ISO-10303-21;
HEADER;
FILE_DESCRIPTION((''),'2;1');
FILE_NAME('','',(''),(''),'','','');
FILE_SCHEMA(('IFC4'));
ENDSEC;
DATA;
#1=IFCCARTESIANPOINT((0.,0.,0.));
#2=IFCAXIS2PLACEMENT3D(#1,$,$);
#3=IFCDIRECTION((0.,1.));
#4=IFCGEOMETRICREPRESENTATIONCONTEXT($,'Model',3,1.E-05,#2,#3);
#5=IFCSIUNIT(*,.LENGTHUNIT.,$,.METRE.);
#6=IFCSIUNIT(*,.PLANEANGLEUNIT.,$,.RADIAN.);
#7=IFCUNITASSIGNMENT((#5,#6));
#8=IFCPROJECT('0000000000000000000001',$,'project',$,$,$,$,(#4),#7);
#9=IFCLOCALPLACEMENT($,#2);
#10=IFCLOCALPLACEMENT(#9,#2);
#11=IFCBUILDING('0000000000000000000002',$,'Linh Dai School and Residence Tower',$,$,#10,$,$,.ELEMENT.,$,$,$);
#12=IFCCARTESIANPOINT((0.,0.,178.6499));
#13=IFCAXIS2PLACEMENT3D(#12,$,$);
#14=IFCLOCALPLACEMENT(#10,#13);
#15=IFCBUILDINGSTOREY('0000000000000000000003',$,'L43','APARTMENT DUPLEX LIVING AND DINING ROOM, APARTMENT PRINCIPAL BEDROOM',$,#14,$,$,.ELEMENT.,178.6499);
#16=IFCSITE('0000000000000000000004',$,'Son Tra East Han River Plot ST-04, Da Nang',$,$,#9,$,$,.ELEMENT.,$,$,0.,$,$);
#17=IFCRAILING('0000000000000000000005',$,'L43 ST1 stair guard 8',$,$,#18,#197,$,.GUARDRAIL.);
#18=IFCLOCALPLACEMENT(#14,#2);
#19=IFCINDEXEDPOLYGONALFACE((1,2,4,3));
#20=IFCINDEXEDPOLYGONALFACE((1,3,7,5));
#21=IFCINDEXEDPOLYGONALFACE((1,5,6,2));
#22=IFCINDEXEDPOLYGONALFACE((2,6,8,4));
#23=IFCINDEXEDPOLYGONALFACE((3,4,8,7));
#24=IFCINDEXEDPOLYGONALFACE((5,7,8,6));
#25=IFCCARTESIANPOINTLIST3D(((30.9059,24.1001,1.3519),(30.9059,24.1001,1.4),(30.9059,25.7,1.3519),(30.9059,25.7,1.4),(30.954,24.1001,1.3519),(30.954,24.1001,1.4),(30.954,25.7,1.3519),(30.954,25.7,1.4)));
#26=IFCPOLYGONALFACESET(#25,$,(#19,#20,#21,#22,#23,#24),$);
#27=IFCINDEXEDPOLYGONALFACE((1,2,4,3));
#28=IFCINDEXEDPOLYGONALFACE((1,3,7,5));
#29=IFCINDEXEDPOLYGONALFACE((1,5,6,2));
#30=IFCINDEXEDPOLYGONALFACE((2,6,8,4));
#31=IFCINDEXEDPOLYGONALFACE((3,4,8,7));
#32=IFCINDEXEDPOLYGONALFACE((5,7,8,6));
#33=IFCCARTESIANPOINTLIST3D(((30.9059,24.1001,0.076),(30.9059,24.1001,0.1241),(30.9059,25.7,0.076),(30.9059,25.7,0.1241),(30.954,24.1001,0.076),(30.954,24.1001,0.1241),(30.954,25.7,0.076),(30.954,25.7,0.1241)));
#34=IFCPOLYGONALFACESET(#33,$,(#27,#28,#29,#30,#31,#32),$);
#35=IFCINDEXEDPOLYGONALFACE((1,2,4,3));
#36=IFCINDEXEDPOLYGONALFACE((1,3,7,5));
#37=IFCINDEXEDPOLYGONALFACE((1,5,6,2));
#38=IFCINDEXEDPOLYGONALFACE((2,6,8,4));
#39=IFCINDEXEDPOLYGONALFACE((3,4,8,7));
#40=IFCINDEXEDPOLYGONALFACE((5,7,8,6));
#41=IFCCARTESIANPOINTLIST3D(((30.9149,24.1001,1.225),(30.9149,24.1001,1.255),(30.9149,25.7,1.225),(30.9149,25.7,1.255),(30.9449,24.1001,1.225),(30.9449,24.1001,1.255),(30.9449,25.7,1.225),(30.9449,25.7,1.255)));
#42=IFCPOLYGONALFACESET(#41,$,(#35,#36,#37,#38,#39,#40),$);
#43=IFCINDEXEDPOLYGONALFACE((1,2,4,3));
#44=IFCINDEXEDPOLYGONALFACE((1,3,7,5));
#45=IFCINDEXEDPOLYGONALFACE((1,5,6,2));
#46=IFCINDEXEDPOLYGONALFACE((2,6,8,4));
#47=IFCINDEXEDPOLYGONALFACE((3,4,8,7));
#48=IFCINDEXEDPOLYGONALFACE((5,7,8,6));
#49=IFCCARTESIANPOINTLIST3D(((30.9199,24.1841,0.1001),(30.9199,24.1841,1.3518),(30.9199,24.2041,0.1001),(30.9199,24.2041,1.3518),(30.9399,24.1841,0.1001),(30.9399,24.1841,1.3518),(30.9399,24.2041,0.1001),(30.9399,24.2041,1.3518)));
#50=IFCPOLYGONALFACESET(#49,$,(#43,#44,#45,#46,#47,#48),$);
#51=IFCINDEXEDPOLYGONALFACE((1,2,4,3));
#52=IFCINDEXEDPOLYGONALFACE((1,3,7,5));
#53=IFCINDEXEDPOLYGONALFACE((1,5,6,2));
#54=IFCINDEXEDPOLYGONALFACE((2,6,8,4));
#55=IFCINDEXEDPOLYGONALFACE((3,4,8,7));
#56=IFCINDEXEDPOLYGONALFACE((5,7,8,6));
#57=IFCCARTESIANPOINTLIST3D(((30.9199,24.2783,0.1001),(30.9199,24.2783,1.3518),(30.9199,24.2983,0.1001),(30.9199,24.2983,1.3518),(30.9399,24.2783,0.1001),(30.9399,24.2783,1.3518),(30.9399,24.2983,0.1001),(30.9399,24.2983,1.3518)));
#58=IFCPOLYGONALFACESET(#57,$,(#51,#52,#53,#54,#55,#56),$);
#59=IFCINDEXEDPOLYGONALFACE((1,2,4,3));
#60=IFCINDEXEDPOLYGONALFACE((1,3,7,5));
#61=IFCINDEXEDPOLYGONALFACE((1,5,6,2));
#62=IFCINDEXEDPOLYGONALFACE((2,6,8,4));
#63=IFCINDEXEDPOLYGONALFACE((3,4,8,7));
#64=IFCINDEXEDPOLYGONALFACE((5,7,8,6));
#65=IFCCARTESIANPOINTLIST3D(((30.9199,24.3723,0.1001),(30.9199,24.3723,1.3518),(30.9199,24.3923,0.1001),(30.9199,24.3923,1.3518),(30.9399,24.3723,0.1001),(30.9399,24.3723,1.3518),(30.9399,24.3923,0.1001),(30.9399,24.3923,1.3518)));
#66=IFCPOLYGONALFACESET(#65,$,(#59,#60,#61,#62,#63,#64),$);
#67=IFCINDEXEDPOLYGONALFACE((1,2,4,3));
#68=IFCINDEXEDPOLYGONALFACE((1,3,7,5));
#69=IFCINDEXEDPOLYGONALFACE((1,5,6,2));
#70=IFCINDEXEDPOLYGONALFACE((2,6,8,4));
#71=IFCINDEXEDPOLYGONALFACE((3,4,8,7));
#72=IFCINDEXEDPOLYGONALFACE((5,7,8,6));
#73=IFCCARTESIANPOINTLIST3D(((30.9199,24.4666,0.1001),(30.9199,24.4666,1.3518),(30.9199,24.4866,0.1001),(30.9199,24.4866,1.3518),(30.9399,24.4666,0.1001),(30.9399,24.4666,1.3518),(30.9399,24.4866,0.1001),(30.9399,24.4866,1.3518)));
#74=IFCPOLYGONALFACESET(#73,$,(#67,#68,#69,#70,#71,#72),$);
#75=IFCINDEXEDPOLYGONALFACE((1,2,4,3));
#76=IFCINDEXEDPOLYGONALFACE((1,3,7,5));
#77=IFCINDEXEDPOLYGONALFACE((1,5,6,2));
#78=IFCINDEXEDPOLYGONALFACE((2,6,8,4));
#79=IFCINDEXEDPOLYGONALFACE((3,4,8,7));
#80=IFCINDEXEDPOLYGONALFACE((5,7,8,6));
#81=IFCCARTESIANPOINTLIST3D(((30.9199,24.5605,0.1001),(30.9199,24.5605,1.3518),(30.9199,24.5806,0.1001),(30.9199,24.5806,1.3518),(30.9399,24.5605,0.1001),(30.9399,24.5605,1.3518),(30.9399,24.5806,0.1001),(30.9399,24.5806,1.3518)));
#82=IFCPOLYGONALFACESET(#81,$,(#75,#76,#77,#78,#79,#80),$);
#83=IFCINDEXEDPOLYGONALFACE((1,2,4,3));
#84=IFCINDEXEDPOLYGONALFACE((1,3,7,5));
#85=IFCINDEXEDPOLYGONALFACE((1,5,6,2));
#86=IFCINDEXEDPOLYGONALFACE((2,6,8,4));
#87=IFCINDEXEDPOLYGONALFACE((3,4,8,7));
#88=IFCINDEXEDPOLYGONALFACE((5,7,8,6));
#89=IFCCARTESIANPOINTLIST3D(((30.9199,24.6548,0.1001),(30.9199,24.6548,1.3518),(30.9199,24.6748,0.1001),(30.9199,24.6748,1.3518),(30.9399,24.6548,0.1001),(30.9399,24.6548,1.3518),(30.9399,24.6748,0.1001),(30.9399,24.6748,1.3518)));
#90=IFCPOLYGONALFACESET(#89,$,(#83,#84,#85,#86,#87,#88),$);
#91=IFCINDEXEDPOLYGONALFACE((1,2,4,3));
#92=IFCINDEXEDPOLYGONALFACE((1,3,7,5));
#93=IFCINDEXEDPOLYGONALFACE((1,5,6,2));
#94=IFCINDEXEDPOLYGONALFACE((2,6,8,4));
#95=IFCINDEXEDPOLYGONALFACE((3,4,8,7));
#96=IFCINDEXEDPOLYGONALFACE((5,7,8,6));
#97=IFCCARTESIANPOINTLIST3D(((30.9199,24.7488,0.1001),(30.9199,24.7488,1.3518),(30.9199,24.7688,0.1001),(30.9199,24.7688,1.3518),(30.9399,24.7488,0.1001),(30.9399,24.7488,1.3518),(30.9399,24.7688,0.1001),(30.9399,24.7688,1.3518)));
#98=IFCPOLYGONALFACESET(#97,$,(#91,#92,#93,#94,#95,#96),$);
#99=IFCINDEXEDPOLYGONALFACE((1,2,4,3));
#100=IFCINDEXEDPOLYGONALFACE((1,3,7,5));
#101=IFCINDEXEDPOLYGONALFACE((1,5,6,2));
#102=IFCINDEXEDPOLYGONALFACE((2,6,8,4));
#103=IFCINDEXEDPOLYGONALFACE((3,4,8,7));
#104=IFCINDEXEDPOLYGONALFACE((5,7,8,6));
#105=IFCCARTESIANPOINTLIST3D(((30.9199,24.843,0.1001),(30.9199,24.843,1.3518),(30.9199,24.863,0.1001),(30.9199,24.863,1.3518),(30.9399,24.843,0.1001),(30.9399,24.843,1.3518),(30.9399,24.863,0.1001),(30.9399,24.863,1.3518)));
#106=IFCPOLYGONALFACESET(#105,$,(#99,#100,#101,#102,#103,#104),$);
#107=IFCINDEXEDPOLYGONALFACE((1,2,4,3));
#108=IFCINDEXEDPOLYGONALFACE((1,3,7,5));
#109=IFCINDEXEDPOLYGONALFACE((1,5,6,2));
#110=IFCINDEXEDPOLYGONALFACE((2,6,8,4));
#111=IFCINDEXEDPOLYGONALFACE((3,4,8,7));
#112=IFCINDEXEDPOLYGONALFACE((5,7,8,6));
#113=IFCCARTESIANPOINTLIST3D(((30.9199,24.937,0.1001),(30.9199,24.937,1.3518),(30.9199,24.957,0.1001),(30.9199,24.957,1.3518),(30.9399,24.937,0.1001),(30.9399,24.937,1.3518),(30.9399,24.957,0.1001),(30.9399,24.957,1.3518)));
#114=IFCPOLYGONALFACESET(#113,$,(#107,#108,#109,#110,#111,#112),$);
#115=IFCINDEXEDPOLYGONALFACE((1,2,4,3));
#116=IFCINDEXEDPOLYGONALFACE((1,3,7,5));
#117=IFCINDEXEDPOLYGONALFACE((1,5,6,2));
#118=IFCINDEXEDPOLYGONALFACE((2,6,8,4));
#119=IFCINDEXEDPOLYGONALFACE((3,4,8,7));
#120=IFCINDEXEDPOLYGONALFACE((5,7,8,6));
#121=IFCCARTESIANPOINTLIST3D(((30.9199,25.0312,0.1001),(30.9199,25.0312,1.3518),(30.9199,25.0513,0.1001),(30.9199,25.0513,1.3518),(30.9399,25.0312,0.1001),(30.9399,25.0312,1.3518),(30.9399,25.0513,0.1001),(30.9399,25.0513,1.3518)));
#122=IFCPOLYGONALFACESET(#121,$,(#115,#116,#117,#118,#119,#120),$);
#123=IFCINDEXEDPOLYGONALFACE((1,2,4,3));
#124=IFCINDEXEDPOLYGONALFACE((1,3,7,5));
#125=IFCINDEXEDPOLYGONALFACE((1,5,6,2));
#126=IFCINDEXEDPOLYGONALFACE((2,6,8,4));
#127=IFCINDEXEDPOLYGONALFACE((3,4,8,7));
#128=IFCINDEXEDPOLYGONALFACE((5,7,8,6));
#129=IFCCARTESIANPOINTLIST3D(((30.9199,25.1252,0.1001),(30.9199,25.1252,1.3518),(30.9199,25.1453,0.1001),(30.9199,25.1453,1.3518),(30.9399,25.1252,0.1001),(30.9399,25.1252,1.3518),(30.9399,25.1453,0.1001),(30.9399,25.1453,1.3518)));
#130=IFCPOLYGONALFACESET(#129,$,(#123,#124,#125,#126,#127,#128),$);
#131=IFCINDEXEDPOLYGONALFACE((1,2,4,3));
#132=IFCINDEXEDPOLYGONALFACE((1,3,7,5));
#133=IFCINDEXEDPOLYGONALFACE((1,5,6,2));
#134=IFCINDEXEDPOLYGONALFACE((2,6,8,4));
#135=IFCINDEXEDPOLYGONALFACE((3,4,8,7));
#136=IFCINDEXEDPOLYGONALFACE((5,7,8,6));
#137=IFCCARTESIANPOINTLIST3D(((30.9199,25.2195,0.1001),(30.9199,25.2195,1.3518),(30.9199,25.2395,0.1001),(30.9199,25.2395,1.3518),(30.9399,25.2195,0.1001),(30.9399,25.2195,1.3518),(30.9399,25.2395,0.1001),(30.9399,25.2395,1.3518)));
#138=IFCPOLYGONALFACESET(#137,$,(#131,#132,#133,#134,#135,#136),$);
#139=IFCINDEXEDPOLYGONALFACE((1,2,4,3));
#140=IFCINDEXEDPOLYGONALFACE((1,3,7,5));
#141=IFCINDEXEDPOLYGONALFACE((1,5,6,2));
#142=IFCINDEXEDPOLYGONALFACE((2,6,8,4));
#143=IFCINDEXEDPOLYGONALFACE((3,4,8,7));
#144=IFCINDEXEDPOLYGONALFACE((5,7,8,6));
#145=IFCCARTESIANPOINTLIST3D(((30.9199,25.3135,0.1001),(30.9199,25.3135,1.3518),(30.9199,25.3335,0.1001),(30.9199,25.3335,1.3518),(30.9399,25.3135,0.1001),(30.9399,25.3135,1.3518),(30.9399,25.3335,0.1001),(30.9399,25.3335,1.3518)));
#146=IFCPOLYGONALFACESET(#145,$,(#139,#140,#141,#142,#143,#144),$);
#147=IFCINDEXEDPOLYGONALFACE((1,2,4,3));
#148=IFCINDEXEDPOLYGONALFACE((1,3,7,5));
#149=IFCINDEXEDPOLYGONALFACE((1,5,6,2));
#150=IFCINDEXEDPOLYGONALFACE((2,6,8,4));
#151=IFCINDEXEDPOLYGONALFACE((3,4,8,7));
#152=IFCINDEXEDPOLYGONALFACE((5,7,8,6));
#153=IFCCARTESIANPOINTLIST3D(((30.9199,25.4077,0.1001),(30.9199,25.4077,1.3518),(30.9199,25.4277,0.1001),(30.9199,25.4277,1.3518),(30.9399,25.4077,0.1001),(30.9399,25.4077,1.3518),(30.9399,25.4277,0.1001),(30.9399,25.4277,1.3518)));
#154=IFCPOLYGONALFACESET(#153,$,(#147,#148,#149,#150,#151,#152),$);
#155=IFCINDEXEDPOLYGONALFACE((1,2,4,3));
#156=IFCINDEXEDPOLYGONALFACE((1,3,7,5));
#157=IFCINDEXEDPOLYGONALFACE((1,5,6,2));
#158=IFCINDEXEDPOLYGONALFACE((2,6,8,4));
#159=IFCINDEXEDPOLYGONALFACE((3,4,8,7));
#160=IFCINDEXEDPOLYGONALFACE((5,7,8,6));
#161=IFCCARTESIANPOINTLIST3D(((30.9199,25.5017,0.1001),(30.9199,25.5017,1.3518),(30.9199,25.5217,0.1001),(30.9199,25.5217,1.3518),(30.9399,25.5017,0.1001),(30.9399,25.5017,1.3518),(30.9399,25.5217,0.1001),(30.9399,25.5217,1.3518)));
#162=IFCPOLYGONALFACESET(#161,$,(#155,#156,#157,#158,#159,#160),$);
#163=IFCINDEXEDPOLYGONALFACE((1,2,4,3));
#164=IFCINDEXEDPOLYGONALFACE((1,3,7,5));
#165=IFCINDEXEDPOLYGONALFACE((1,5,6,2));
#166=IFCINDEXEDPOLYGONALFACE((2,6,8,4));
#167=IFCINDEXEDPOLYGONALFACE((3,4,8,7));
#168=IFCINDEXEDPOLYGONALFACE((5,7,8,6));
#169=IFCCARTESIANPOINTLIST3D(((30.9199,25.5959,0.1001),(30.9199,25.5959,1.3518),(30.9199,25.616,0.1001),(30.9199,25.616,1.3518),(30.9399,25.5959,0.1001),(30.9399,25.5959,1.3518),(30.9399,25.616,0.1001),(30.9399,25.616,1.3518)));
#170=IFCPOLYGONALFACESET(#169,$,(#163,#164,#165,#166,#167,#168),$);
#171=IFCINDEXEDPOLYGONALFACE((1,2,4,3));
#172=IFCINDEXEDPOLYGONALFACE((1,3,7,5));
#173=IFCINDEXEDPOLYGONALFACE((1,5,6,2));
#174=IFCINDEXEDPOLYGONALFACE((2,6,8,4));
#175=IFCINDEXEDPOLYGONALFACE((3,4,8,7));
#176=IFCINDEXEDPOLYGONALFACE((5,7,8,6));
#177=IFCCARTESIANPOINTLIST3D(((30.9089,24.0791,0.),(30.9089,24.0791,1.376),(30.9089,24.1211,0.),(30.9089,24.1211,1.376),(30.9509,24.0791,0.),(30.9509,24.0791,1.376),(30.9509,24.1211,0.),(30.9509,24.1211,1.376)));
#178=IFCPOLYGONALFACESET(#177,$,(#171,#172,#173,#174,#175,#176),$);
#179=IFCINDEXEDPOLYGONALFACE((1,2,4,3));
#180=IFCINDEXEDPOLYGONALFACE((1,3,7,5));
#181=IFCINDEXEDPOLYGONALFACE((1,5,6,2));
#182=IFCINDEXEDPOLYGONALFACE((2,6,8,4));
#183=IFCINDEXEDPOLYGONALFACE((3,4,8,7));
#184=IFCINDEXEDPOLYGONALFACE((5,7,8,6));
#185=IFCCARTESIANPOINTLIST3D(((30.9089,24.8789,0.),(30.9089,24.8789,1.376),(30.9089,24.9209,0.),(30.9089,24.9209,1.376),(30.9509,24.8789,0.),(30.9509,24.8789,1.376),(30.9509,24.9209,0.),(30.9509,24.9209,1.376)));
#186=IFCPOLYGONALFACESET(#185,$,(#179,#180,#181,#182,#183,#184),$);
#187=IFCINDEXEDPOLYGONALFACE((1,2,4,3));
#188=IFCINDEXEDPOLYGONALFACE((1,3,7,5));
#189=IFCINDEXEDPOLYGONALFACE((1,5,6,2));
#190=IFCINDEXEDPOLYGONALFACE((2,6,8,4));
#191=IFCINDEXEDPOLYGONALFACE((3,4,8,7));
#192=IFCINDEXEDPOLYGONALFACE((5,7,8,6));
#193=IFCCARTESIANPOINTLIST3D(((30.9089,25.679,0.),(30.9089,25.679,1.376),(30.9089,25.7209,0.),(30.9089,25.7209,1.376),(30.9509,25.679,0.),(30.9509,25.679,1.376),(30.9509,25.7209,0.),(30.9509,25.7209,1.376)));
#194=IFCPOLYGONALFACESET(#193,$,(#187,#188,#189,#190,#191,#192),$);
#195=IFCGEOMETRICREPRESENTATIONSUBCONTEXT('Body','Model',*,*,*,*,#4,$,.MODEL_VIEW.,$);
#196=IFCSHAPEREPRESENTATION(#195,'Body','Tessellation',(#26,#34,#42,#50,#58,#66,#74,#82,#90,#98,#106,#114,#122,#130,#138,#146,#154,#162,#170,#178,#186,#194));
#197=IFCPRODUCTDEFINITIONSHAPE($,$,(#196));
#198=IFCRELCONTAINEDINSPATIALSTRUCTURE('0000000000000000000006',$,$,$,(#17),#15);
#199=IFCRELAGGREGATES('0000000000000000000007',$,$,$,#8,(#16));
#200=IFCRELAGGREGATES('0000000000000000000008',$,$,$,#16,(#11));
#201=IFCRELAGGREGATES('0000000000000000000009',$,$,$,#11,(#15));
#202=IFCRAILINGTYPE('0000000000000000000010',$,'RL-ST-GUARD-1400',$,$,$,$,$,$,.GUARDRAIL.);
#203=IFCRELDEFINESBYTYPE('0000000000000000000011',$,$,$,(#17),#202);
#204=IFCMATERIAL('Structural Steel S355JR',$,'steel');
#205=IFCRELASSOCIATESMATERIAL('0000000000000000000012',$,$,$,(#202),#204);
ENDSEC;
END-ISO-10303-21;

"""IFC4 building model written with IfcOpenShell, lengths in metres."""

from ifc_helpers import new_model, si_unit, direction, frame, origin, origin_2d, place, context, subcontext, project, spatial, rectangle, extrude, source, transform, mapped, material, type_object, element, save


model = new_model("IFC4")

# Units and contexts
model_context = context("Model", 3, precision=1e-05, world=origin(), true_north=direction((0.0, 1.0)))
body_context = subcontext(model_context, "Body", "Model", "MODEL_VIEW")
ifc_project = project(units=[si_unit("LENGTHUNIT", "METRE"), si_unit("PLANEANGLEUNIT", "RADIAN")], contexts=[model_context])

# Site, building, storey
site_placement = place(None, origin())
site = spatial("IfcSite", under=ifc_project, at=site_placement, Name="Son Tra East Han River Plot ST-04, Da Nang", CompositionType="ELEMENT", RefElevation=0.0)
building_placement = place(site_placement, origin())
building = spatial("IfcBuilding", under=site, at=building_placement, Name="Linh Dai School and Residence Tower", CompositionType="ELEMENT")
storey_placement = place(building_placement, frame((0.0, 0.0, 178.6499)))
storey = spatial("IfcBuildingStorey", under=building, at=storey_placement, Name="L43", Description="APARTMENT DUPLEX LIVING AND DINING ROOM, APARTMENT PRINCIPAL BEDROOM", CompositionType="ELEMENT", Elevation=178.6499)

# Shared definitions
ifc_material_1 = material(Name="Structural Steel S355JR", Category="steel")

# Railing
railing_type = type_object("IfcRailingType", Name="RL-ST-GUARD-1400", PredefinedType="GUARDRAIL", material=ifc_material_1)
shared_shape_1 = source(origin(), body_context, "Body", "SweptSolid", [
    extrude(rectangle(XDim=0.0481, YDim=0.0481, at=origin_2d()), frame((0.0, 0.0, 1.376), z_axis=(0.0, 1.0, 0.0), x_axis=(-1.0, 0.0, 0.0)), (0.0, 0.0, 1.0), 1.5999),
    extrude(rectangle(XDim=0.0481, YDim=0.0481, at=origin_2d()), frame((0.0, 0.0, 0.1001), z_axis=(0.0, 1.0, 0.0), x_axis=(-1.0, 0.0, 0.0)), (0.0, 0.0, 1.0), 1.5999),
    extrude(rectangle(XDim=0.03, YDim=0.03, at=origin_2d()), frame((0.0, 0.0, 1.24), z_axis=(0.0, 1.0, 0.0), x_axis=(-1.0, 0.0, 0.0)), (0.0, 0.0, 1.0), 1.5999),
    extrude(rectangle(XDim=0.02, YDim=0.02, at=origin_2d()), frame((0.0, 0.094, 0.1001)), (0.0, 0.0, 1.0), 1.2517),
    extrude(rectangle(XDim=0.02, YDim=0.02, at=origin_2d()), frame((0.0, 0.1882, 0.1001)), (0.0, 0.0, 1.0), 1.2517),
    extrude(rectangle(XDim=0.02, YDim=0.02, at=origin_2d()), frame((0.0, 0.2822, 0.1001)), (0.0, 0.0, 1.0), 1.2517),
    extrude(rectangle(XDim=0.02, YDim=0.02, at=origin_2d()), frame((0.0, 0.3765, 0.1001)), (0.0, 0.0, 1.0), 1.2517),
    extrude(rectangle(XDim=0.02, YDim=0.02, at=origin_2d()), frame((0.0, 0.4705, 0.1001)), (0.0, 0.0, 1.0), 1.2517),
    extrude(rectangle(XDim=0.02, YDim=0.02, at=origin_2d()), frame((0.0, 0.5647, 0.1001)), (0.0, 0.0, 1.0), 1.2517),
    extrude(rectangle(XDim=0.02, YDim=0.02, at=origin_2d()), frame((0.0, 0.6587, 0.1001)), (0.0, 0.0, 1.0), 1.2517),
    extrude(rectangle(XDim=0.02, YDim=0.02, at=origin_2d()), frame((0.0, 0.7529, 0.1001)), (0.0, 0.0, 1.0), 1.2517),
    extrude(rectangle(XDim=0.02, YDim=0.02, at=origin_2d()), frame((0.0, 0.8469, 0.1001)), (0.0, 0.0, 1.0), 1.2517),
    extrude(rectangle(XDim=0.02, YDim=0.02, at=origin_2d()), frame((0.0, 0.9412, 0.1001)), (0.0, 0.0, 1.0), 1.2517),
    extrude(rectangle(XDim=0.02, YDim=0.02, at=origin_2d()), frame((0.0, 1.0352, 0.1001)), (0.0, 0.0, 1.0), 1.2517),
    extrude(rectangle(XDim=0.02, YDim=0.02, at=origin_2d()), frame((0.0, 1.1294, 0.1001)), (0.0, 0.0, 1.0), 1.2517),
    extrude(rectangle(XDim=0.02, YDim=0.02, at=origin_2d()), frame((0.0, 1.2234, 0.1001)), (0.0, 0.0, 1.0), 1.2517),
    extrude(rectangle(XDim=0.02, YDim=0.02, at=origin_2d()), frame((0.0, 1.3176, 0.1001)), (0.0, 0.0, 1.0), 1.2517),
    extrude(rectangle(XDim=0.02, YDim=0.02, at=origin_2d()), frame((0.0, 1.4116, 0.1001)), (0.0, 0.0, 1.0), 1.2517),
    extrude(rectangle(XDim=0.02, YDim=0.02, at=origin_2d()), frame((0.0, 1.5059, 0.1001)), (0.0, 0.0, 1.0), 1.2517),
    extrude(rectangle(XDim=0.042, YDim=0.042, at=origin_2d()), origin(), (0.0, 0.0, 1.0), 1.376),
    extrude(rectangle(XDim=0.042, YDim=0.042, at=origin_2d()), frame((0.0, 0.7998, 0.0)), (0.0, 0.0, 1.0), 1.376),
    extrude(rectangle(XDim=0.042, YDim=0.042, at=origin_2d()), frame((0.0, 1.5999, 0.0)), (0.0, 0.0, 1.0), 1.376),
])
for number, where, name in (
    (1, (30.9299, 24.1001, 0.0), "L43 ST1 stair guard 8"),
):
    element("IfcRailing", number, at=place(storey_placement, frame(where)), inside=storey, type_object=railing_type, Name=name, PredefinedType="GUARDRAIL", context=body_context, shape_type="MappedRepresentation", body=[
        mapped(shared_shape_1, transform((0.0, 0.0, 0.0), x_axis=(1.0, 0.0, 0.0), y_axis=(0.0, 1.0, 0.0), z_axis=(0.0, 0.0, 1.0), scale=1.0)),
    ])

save(model, "model.ifc")
